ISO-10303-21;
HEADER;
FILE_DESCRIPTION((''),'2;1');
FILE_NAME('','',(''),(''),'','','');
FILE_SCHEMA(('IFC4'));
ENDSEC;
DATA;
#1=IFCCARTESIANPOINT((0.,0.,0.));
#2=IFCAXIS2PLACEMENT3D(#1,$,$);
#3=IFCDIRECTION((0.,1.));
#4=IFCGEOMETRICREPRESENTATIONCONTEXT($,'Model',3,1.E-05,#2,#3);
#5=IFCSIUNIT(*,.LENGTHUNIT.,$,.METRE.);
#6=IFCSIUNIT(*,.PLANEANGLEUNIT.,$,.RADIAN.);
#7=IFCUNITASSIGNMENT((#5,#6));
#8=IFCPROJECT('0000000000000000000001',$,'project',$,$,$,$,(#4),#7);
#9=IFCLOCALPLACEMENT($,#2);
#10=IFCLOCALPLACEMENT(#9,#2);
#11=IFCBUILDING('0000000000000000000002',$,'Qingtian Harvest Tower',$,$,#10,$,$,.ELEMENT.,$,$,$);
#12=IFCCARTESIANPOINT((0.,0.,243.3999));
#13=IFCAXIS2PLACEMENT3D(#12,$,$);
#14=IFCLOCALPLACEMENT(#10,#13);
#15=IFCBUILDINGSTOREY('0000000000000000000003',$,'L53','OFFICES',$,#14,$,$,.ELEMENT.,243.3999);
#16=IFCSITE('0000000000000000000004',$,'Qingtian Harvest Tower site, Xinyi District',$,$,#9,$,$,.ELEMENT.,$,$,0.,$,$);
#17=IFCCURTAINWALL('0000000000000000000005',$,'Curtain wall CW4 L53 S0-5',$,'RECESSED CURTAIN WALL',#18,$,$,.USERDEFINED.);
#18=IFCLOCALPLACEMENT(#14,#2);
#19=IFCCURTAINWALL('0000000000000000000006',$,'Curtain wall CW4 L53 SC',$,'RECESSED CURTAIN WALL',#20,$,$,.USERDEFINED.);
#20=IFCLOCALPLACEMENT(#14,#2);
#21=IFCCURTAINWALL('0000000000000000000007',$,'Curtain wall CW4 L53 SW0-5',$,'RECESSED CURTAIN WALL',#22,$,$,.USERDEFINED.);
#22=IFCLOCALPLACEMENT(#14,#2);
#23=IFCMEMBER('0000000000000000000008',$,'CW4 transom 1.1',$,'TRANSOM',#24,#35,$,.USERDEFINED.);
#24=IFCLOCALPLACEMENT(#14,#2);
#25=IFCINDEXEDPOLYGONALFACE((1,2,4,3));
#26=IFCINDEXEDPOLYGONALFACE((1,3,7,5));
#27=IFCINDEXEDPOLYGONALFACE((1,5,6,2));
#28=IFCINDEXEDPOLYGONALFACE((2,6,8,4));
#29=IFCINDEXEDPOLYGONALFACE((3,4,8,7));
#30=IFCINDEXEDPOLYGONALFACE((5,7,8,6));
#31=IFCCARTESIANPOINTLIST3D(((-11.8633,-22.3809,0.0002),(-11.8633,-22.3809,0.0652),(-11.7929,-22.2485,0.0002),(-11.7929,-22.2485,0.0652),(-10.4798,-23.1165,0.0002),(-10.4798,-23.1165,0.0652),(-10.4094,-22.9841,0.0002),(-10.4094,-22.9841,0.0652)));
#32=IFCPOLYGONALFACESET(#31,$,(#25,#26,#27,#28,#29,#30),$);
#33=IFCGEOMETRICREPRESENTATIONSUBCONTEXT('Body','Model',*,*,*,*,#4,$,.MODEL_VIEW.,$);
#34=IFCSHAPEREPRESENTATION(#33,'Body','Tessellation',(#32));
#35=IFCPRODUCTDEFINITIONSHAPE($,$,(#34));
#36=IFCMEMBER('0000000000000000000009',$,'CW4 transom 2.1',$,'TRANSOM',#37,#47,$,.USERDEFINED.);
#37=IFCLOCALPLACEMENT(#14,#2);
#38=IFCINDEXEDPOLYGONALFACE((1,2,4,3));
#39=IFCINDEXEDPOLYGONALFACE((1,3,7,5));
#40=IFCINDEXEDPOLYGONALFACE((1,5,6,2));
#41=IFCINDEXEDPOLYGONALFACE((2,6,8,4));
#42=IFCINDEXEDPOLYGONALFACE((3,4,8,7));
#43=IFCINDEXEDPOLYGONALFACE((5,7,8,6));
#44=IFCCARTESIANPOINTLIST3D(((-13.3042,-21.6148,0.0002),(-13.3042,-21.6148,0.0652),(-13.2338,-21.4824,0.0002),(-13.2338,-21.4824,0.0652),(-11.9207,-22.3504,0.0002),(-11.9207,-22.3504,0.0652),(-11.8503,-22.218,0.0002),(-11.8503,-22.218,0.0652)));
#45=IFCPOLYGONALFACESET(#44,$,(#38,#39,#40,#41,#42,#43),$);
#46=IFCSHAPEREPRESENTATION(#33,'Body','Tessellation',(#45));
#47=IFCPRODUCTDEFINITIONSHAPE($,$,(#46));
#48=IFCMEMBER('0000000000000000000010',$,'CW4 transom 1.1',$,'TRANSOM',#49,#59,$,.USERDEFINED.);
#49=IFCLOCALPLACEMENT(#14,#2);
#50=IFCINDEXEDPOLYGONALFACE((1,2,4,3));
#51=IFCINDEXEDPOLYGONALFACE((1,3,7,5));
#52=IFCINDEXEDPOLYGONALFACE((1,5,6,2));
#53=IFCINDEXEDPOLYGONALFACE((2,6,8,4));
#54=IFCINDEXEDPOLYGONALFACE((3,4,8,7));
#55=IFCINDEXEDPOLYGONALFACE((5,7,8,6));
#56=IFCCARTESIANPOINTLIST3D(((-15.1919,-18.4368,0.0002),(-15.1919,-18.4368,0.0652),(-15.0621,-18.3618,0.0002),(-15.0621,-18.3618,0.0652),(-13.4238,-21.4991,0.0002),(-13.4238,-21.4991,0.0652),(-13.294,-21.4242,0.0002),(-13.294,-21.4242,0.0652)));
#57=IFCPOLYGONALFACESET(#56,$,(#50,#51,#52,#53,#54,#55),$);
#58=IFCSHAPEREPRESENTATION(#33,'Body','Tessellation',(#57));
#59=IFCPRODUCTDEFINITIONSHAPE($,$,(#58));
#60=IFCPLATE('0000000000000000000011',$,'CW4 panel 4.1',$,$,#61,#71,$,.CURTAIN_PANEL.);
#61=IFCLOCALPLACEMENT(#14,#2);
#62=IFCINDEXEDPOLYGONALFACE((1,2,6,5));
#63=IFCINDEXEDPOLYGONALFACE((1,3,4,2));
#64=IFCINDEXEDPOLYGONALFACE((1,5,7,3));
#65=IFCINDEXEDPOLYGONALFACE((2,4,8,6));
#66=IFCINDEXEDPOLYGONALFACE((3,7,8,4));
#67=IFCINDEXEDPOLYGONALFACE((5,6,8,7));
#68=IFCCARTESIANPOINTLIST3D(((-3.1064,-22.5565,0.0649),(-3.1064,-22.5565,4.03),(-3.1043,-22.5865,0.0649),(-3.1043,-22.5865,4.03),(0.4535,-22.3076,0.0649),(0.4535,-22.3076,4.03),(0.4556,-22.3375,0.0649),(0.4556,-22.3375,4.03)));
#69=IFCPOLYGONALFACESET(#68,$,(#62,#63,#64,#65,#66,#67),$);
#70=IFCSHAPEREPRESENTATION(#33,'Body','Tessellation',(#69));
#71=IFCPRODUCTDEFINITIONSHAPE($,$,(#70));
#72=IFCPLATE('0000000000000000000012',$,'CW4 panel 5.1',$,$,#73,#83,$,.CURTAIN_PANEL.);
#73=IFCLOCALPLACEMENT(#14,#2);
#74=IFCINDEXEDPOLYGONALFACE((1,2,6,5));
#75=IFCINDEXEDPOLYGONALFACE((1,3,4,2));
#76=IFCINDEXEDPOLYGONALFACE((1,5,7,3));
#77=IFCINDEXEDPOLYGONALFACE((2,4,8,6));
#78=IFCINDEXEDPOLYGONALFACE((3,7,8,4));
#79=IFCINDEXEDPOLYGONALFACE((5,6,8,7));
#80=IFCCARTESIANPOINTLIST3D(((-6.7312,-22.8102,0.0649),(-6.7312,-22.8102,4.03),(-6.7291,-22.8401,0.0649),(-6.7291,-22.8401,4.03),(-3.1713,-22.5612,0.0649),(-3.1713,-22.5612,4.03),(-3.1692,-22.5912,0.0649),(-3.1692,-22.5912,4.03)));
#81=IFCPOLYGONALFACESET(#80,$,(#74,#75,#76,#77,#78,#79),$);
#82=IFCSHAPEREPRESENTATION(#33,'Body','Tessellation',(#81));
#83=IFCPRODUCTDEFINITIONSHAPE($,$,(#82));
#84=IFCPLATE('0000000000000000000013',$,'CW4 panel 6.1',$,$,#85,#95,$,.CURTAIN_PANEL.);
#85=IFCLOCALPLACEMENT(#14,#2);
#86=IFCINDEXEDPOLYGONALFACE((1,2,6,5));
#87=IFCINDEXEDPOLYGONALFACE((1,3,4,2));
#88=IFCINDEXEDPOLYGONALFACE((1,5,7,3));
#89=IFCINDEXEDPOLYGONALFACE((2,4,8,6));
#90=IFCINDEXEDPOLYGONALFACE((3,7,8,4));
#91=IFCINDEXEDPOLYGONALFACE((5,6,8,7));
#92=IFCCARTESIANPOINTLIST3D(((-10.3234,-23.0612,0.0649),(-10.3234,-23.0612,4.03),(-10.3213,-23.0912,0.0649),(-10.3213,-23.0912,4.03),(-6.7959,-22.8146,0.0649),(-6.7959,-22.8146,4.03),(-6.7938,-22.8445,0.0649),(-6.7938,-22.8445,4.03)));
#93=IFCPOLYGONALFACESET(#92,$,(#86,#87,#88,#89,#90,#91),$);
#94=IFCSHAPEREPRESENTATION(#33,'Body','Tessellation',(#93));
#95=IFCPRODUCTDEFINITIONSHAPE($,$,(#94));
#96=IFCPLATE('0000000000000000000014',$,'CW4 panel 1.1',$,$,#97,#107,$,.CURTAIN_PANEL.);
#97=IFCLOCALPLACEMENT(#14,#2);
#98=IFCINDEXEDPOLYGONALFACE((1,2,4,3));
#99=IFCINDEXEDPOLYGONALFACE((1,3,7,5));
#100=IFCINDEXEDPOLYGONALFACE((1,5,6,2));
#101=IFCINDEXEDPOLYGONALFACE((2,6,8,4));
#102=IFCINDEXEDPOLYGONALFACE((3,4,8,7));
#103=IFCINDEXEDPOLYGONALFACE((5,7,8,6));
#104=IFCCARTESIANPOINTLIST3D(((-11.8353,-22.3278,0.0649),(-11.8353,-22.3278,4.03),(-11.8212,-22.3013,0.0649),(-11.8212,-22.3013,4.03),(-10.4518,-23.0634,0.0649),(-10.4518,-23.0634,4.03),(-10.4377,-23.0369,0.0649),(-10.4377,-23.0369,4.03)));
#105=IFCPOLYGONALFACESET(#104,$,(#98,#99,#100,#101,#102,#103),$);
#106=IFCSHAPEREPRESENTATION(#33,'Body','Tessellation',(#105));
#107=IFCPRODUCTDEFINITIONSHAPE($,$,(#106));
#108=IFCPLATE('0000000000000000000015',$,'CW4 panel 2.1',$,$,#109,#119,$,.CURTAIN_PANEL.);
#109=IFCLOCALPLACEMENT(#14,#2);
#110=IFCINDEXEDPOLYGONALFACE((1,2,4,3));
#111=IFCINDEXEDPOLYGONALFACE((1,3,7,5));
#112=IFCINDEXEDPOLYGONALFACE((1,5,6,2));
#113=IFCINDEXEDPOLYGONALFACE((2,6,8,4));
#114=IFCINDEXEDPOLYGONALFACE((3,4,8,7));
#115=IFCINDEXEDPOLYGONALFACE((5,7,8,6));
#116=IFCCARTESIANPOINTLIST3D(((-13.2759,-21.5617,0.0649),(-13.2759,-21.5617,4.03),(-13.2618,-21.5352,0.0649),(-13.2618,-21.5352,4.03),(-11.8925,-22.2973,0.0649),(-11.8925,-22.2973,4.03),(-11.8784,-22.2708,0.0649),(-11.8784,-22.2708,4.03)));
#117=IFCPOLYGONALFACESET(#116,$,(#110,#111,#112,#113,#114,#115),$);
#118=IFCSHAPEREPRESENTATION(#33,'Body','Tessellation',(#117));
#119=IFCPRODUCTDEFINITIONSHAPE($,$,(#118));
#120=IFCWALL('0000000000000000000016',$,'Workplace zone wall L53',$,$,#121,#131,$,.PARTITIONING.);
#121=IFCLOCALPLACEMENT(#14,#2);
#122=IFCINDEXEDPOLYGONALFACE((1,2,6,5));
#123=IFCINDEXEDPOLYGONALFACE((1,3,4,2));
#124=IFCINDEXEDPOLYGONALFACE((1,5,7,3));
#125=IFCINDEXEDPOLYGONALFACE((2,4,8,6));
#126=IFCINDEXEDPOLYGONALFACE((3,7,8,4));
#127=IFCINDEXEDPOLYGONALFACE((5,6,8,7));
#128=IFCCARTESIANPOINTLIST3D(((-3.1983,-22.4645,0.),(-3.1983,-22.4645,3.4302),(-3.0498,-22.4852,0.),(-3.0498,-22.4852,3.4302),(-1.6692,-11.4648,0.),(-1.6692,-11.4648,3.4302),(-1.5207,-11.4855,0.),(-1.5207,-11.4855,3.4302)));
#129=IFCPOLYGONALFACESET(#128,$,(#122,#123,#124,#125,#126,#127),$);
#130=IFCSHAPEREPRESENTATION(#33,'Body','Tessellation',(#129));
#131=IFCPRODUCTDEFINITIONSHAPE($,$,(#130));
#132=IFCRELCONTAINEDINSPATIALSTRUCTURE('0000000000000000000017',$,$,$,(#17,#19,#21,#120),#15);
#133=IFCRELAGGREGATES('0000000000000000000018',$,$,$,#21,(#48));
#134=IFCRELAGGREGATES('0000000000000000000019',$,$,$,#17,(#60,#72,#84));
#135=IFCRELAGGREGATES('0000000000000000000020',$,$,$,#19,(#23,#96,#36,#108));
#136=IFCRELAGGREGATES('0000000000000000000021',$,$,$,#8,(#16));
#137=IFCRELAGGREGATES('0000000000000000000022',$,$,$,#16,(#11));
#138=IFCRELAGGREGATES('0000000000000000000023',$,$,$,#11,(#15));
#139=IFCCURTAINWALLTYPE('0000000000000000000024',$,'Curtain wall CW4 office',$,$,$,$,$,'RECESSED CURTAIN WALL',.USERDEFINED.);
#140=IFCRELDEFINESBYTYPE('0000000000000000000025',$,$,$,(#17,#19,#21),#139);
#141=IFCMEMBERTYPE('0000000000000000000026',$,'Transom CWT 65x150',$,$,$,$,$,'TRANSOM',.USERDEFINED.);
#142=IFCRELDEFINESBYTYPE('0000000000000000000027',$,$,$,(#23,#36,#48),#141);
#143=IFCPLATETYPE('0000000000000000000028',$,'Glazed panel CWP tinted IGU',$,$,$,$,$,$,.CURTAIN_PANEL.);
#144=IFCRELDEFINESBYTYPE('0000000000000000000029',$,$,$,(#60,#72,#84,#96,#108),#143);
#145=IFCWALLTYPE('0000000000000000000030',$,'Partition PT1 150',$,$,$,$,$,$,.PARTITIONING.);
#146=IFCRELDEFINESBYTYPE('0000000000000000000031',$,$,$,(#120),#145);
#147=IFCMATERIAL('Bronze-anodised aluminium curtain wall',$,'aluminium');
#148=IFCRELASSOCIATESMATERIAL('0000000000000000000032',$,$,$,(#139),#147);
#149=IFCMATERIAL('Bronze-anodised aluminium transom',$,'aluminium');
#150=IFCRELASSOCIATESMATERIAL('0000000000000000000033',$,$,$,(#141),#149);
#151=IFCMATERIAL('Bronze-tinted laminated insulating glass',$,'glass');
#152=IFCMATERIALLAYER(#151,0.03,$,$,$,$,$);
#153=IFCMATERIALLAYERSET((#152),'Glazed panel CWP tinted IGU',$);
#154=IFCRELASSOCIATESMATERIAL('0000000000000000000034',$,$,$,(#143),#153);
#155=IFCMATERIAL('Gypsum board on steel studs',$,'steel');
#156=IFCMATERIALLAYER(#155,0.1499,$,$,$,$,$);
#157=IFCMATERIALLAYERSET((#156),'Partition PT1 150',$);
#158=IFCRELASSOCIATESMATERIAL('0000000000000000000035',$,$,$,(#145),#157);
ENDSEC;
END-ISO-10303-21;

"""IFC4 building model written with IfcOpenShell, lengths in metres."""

from ifc_helpers import new_model, si_unit, direction, frame, frame_2d, origin, origin_2d, place, context, subcontext, project, spatial, rectangle, extrude, material, layer, layer_set, material_profile, profile_set, type_object, element, aggregate, save


model = new_model("IFC4")

# Units and contexts
model_context = context("Model", 3, precision=1e-05, world=origin(), true_north=direction((0.0, 1.0)))
body_context = subcontext(model_context, "Body", "Model", "MODEL_VIEW")
ifc_project = project(units=[si_unit("LENGTHUNIT", "METRE"), si_unit("PLANEANGLEUNIT", "RADIAN")], contexts=[model_context])

# Site, building, storey
site_placement = place(None, origin())
site = spatial("IfcSite", under=ifc_project, at=site_placement, Name="Qingtian Harvest Tower site, Xinyi District", CompositionType="ELEMENT", RefElevation=0.0)
building_placement = place(site_placement, origin())
building = spatial("IfcBuilding", under=site, at=building_placement, Name="Qingtian Harvest Tower", CompositionType="ELEMENT")
storey_placement = place(building_placement, frame((0.0, 0.0, 243.3999)))
storey = spatial("IfcBuildingStorey", under=building, at=storey_placement, Name="L53", Description="OFFICES", CompositionType="ELEMENT", Elevation=243.3999)

# Curtain walls
ifc_material_1 = material(Name="Bronze-anodised aluminium curtain wall", Category="aluminium")
curtain_wall_type = type_object("IfcCurtainWallType", Name="Curtain wall CW4 office", ElementType="RECESSED CURTAIN WALL", PredefinedType="USERDEFINED", material=ifc_material_1)
curtain_wall_1_placement = place(storey_placement, origin())
curtain_wall_1 = element("IfcCurtainWall", 1, at=curtain_wall_1_placement, inside=storey, type_object=curtain_wall_type, Name="Curtain wall CW4 L53 S0-5", ObjectType="RECESSED CURTAIN WALL", PredefinedType="USERDEFINED")
curtain_wall_2_placement = place(storey_placement, origin())
curtain_wall_2 = element("IfcCurtainWall", 2, at=curtain_wall_2_placement, inside=storey, type_object=curtain_wall_type, Name="Curtain wall CW4 L53 SC", ObjectType="RECESSED CURTAIN WALL", PredefinedType="USERDEFINED")

# Curtain wall
curtain_wall_3_placement = place(storey_placement, origin())
curtain_wall_3 = element("IfcCurtainWall", 3, at=curtain_wall_3_placement, inside=storey, type_object=curtain_wall_type, Name="Curtain wall CW4 L53 SW0-5", ObjectType="RECESSED CURTAIN WALL", PredefinedType="USERDEFINED")

# Members
ifc_material_2 = material(Name="Bronze-anodised aluminium transom", Category="aluminium")
ifc_material_profile_1 = material_profile(ifc_material_2, rectangle(XDim=0.1499, YDim=0.0649, at=origin_2d()), Name="AL 65x150")
ifc_profile_set_1 = profile_set([ifc_material_profile_1], Name="Bronze-anodised aluminium transom")
member_type_1 = type_object("IfcMemberType", Name="Transom CWT 65x150", ElementType="TRANSOM", PredefinedType="USERDEFINED", material=ifc_profile_set_1)
member_1_placement = place(storey_placement, frame((-10.4446, -23.0503, 0.0327), z_axis=(-0.88296, 0.469448, 0.0), x_axis=(-0.469448, -0.88296, 0.0)))
member_1 = element("IfcMember", 4, at=member_1_placement, type_object=member_type_1, Name="CW4 transom 1.1", ObjectType="TRANSOM", PredefinedType="USERDEFINED", context=body_context, shape_type="SweptSolid", body=[
    extrude(rectangle(XDim=0.1499, YDim=0.0649, at=origin_2d()), origin(), (0.0, 0.0, 1.0), 1.5669),
])
member_2_placement = place(storey_placement, frame((-11.8855, -22.2842, 0.0327), z_axis=(-0.88296, 0.469448, 0.0), x_axis=(-0.469448, -0.88296, 0.0)))
member_2 = element("IfcMember", 5, at=member_2_placement, type_object=member_type_1, Name="CW4 transom 2.1", ObjectType="TRANSOM", PredefinedType="USERDEFINED", context=body_context, shape_type="SweptSolid", body=[
    extrude(rectangle(XDim=0.1499, YDim=0.0649, at=origin_2d()), origin(), (0.0, 0.0, 1.0), 1.5669),
])
member_3_placement = place(storey_placement, frame((-13.3589, -21.4617, 0.0327), z_axis=(-0.500015, 0.866017, 0.0), x_axis=(-0.866017, -0.500015, 0.0)))
member_3 = element("IfcMember", 6, at=member_3_placement, type_object=member_type_1, Name="CW4 transom 1.1", ObjectType="TRANSOM", PredefinedType="USERDEFINED", context=body_context, shape_type="SweptSolid", body=[
    extrude(rectangle(XDim=0.1499, YDim=0.0649, at=origin_2d()), origin(), (0.0, 0.0, 1.0), 3.5361),
])
aggregate(curtain_wall_3, [member_3])

# Plates
ifc_material_3 = material(Name="Bronze-tinted laminated insulating glass", Category="glass")
ifc_layer_1 = layer(ifc_material_3, 0.03)
ifc_layer_set_1 = layer_set([ifc_layer_1], Name="Glazed panel CWP tinted IGU")
plate_type = type_object("IfcPlateType", Name="Glazed panel CWP tinted IGU", PredefinedType="CURTAIN_PANEL", material=ifc_layer_set_1)
plate_1_placement = place(storey_placement, frame((-1.3254, -22.447, 0.0649), z_axis=(0.0, 0.0, 1.0), x_axis=(-0.997564, -0.069756, 0.0)))
plate_1 = element("IfcPlate", 7, at=plate_1_placement, type_object=plate_type, Name="CW4 panel 4.1", PredefinedType="CURTAIN_PANEL", context=body_context, shape_type="SweptSolid", body=[
    extrude(rectangle(XDim=3.5686, YDim=0.03, at=origin_2d()), origin(), (0.0, 0.0, 1.0), 3.9651),
])
plate_2_placement = place(storey_placement, frame((-4.9502, -22.7007, 0.0649), z_axis=(0.0, 0.0, 1.0), x_axis=(-0.997564, -0.069756, 0.0)))
plate_2 = element("IfcPlate", 8, at=plate_2_placement, type_object=plate_type, Name="CW4 panel 5.1", PredefinedType="CURTAIN_PANEL", context=body_context, shape_type="SweptSolid", body=[
    extrude(rectangle(XDim=3.5686, YDim=0.03, at=origin_2d()), origin(), (0.0, 0.0, 1.0), 3.9651),
])
plate_3_placement = place(storey_placement, frame((-8.5586, -22.9529, 0.0649), z_axis=(0.0, 0.0, 1.0), x_axis=(-0.997564, -0.069756, 0.0)))
plate_3 = element("IfcPlate", 9, at=plate_3_placement, type_object=plate_type, Name="CW4 panel 6.1", PredefinedType="CURTAIN_PANEL", context=body_context, shape_type="SweptSolid", body=[
    extrude(rectangle(XDim=3.5361, YDim=0.03, at=origin_2d()), origin(), (0.0, 0.0, 1.0), 3.9651),
])
aggregate(curtain_wall_1, [plate_1, plate_2, plate_3])
plate_4_placement = place(storey_placement, frame((-11.1365, -22.6824, 0.0649), z_axis=(0.0, 0.0, 1.0), x_axis=(-0.882948, 0.469472, 0.0)))
plate_4 = element("IfcPlate", 10, at=plate_4_placement, type_object=plate_type, Name="CW4 panel 1.1", PredefinedType="CURTAIN_PANEL", context=body_context, shape_type="SweptSolid", body=[
    extrude(rectangle(XDim=1.5669, YDim=0.03, at=origin_2d()), origin(), (0.0, 0.0, 1.0), 3.9651),
])
plate_5_placement = place(storey_placement, frame((-12.5771, -21.9163, 0.0649), z_axis=(0.0, 0.0, 1.0), x_axis=(-0.882948, 0.469472, 0.0)))
plate_5 = element("IfcPlate", 11, at=plate_5_placement, type_object=plate_type, Name="CW4 panel 2.1", PredefinedType="CURTAIN_PANEL", context=body_context, shape_type="SweptSolid", body=[
    extrude(rectangle(XDim=1.5669, YDim=0.03, at=origin_2d()), origin(), (0.0, 0.0, 1.0), 3.9651),
])
aggregate(curtain_wall_2, [member_1, plate_4, member_2, plate_5])

# Wall
ifc_material_4 = material(Name="Gypsum board on steel studs", Category="steel")
ifc_layer_2 = layer(ifc_material_4, 0.1499)
ifc_layer_set_2 = layer_set([ifc_layer_2], Name="Partition PT1 150")
wall_type = type_object("IfcWallType", Name="Partition PT1 150", PredefinedType="PARTITIONING", material=ifc_layer_set_2)
wall_placement = place(storey_placement, frame((-3.124, -22.4749, 0.0), z_axis=(0.0, 0.0, 1.0), x_axis=(0.137684, 0.990476, 0.0)))
element("IfcWall", 12, at=wall_placement, inside=storey, type_object=wall_type, Name="Workplace zone wall L53", PredefinedType="PARTITIONING", context=body_context, shape_type="SweptSolid", body=[
    extrude(rectangle(XDim=11.1055, YDim=0.1499, at=frame_2d((5.5527, 0.0))), origin(), (0.0, 0.0, 1.0), 3.4302),
])

save(model, "model.ifc")
